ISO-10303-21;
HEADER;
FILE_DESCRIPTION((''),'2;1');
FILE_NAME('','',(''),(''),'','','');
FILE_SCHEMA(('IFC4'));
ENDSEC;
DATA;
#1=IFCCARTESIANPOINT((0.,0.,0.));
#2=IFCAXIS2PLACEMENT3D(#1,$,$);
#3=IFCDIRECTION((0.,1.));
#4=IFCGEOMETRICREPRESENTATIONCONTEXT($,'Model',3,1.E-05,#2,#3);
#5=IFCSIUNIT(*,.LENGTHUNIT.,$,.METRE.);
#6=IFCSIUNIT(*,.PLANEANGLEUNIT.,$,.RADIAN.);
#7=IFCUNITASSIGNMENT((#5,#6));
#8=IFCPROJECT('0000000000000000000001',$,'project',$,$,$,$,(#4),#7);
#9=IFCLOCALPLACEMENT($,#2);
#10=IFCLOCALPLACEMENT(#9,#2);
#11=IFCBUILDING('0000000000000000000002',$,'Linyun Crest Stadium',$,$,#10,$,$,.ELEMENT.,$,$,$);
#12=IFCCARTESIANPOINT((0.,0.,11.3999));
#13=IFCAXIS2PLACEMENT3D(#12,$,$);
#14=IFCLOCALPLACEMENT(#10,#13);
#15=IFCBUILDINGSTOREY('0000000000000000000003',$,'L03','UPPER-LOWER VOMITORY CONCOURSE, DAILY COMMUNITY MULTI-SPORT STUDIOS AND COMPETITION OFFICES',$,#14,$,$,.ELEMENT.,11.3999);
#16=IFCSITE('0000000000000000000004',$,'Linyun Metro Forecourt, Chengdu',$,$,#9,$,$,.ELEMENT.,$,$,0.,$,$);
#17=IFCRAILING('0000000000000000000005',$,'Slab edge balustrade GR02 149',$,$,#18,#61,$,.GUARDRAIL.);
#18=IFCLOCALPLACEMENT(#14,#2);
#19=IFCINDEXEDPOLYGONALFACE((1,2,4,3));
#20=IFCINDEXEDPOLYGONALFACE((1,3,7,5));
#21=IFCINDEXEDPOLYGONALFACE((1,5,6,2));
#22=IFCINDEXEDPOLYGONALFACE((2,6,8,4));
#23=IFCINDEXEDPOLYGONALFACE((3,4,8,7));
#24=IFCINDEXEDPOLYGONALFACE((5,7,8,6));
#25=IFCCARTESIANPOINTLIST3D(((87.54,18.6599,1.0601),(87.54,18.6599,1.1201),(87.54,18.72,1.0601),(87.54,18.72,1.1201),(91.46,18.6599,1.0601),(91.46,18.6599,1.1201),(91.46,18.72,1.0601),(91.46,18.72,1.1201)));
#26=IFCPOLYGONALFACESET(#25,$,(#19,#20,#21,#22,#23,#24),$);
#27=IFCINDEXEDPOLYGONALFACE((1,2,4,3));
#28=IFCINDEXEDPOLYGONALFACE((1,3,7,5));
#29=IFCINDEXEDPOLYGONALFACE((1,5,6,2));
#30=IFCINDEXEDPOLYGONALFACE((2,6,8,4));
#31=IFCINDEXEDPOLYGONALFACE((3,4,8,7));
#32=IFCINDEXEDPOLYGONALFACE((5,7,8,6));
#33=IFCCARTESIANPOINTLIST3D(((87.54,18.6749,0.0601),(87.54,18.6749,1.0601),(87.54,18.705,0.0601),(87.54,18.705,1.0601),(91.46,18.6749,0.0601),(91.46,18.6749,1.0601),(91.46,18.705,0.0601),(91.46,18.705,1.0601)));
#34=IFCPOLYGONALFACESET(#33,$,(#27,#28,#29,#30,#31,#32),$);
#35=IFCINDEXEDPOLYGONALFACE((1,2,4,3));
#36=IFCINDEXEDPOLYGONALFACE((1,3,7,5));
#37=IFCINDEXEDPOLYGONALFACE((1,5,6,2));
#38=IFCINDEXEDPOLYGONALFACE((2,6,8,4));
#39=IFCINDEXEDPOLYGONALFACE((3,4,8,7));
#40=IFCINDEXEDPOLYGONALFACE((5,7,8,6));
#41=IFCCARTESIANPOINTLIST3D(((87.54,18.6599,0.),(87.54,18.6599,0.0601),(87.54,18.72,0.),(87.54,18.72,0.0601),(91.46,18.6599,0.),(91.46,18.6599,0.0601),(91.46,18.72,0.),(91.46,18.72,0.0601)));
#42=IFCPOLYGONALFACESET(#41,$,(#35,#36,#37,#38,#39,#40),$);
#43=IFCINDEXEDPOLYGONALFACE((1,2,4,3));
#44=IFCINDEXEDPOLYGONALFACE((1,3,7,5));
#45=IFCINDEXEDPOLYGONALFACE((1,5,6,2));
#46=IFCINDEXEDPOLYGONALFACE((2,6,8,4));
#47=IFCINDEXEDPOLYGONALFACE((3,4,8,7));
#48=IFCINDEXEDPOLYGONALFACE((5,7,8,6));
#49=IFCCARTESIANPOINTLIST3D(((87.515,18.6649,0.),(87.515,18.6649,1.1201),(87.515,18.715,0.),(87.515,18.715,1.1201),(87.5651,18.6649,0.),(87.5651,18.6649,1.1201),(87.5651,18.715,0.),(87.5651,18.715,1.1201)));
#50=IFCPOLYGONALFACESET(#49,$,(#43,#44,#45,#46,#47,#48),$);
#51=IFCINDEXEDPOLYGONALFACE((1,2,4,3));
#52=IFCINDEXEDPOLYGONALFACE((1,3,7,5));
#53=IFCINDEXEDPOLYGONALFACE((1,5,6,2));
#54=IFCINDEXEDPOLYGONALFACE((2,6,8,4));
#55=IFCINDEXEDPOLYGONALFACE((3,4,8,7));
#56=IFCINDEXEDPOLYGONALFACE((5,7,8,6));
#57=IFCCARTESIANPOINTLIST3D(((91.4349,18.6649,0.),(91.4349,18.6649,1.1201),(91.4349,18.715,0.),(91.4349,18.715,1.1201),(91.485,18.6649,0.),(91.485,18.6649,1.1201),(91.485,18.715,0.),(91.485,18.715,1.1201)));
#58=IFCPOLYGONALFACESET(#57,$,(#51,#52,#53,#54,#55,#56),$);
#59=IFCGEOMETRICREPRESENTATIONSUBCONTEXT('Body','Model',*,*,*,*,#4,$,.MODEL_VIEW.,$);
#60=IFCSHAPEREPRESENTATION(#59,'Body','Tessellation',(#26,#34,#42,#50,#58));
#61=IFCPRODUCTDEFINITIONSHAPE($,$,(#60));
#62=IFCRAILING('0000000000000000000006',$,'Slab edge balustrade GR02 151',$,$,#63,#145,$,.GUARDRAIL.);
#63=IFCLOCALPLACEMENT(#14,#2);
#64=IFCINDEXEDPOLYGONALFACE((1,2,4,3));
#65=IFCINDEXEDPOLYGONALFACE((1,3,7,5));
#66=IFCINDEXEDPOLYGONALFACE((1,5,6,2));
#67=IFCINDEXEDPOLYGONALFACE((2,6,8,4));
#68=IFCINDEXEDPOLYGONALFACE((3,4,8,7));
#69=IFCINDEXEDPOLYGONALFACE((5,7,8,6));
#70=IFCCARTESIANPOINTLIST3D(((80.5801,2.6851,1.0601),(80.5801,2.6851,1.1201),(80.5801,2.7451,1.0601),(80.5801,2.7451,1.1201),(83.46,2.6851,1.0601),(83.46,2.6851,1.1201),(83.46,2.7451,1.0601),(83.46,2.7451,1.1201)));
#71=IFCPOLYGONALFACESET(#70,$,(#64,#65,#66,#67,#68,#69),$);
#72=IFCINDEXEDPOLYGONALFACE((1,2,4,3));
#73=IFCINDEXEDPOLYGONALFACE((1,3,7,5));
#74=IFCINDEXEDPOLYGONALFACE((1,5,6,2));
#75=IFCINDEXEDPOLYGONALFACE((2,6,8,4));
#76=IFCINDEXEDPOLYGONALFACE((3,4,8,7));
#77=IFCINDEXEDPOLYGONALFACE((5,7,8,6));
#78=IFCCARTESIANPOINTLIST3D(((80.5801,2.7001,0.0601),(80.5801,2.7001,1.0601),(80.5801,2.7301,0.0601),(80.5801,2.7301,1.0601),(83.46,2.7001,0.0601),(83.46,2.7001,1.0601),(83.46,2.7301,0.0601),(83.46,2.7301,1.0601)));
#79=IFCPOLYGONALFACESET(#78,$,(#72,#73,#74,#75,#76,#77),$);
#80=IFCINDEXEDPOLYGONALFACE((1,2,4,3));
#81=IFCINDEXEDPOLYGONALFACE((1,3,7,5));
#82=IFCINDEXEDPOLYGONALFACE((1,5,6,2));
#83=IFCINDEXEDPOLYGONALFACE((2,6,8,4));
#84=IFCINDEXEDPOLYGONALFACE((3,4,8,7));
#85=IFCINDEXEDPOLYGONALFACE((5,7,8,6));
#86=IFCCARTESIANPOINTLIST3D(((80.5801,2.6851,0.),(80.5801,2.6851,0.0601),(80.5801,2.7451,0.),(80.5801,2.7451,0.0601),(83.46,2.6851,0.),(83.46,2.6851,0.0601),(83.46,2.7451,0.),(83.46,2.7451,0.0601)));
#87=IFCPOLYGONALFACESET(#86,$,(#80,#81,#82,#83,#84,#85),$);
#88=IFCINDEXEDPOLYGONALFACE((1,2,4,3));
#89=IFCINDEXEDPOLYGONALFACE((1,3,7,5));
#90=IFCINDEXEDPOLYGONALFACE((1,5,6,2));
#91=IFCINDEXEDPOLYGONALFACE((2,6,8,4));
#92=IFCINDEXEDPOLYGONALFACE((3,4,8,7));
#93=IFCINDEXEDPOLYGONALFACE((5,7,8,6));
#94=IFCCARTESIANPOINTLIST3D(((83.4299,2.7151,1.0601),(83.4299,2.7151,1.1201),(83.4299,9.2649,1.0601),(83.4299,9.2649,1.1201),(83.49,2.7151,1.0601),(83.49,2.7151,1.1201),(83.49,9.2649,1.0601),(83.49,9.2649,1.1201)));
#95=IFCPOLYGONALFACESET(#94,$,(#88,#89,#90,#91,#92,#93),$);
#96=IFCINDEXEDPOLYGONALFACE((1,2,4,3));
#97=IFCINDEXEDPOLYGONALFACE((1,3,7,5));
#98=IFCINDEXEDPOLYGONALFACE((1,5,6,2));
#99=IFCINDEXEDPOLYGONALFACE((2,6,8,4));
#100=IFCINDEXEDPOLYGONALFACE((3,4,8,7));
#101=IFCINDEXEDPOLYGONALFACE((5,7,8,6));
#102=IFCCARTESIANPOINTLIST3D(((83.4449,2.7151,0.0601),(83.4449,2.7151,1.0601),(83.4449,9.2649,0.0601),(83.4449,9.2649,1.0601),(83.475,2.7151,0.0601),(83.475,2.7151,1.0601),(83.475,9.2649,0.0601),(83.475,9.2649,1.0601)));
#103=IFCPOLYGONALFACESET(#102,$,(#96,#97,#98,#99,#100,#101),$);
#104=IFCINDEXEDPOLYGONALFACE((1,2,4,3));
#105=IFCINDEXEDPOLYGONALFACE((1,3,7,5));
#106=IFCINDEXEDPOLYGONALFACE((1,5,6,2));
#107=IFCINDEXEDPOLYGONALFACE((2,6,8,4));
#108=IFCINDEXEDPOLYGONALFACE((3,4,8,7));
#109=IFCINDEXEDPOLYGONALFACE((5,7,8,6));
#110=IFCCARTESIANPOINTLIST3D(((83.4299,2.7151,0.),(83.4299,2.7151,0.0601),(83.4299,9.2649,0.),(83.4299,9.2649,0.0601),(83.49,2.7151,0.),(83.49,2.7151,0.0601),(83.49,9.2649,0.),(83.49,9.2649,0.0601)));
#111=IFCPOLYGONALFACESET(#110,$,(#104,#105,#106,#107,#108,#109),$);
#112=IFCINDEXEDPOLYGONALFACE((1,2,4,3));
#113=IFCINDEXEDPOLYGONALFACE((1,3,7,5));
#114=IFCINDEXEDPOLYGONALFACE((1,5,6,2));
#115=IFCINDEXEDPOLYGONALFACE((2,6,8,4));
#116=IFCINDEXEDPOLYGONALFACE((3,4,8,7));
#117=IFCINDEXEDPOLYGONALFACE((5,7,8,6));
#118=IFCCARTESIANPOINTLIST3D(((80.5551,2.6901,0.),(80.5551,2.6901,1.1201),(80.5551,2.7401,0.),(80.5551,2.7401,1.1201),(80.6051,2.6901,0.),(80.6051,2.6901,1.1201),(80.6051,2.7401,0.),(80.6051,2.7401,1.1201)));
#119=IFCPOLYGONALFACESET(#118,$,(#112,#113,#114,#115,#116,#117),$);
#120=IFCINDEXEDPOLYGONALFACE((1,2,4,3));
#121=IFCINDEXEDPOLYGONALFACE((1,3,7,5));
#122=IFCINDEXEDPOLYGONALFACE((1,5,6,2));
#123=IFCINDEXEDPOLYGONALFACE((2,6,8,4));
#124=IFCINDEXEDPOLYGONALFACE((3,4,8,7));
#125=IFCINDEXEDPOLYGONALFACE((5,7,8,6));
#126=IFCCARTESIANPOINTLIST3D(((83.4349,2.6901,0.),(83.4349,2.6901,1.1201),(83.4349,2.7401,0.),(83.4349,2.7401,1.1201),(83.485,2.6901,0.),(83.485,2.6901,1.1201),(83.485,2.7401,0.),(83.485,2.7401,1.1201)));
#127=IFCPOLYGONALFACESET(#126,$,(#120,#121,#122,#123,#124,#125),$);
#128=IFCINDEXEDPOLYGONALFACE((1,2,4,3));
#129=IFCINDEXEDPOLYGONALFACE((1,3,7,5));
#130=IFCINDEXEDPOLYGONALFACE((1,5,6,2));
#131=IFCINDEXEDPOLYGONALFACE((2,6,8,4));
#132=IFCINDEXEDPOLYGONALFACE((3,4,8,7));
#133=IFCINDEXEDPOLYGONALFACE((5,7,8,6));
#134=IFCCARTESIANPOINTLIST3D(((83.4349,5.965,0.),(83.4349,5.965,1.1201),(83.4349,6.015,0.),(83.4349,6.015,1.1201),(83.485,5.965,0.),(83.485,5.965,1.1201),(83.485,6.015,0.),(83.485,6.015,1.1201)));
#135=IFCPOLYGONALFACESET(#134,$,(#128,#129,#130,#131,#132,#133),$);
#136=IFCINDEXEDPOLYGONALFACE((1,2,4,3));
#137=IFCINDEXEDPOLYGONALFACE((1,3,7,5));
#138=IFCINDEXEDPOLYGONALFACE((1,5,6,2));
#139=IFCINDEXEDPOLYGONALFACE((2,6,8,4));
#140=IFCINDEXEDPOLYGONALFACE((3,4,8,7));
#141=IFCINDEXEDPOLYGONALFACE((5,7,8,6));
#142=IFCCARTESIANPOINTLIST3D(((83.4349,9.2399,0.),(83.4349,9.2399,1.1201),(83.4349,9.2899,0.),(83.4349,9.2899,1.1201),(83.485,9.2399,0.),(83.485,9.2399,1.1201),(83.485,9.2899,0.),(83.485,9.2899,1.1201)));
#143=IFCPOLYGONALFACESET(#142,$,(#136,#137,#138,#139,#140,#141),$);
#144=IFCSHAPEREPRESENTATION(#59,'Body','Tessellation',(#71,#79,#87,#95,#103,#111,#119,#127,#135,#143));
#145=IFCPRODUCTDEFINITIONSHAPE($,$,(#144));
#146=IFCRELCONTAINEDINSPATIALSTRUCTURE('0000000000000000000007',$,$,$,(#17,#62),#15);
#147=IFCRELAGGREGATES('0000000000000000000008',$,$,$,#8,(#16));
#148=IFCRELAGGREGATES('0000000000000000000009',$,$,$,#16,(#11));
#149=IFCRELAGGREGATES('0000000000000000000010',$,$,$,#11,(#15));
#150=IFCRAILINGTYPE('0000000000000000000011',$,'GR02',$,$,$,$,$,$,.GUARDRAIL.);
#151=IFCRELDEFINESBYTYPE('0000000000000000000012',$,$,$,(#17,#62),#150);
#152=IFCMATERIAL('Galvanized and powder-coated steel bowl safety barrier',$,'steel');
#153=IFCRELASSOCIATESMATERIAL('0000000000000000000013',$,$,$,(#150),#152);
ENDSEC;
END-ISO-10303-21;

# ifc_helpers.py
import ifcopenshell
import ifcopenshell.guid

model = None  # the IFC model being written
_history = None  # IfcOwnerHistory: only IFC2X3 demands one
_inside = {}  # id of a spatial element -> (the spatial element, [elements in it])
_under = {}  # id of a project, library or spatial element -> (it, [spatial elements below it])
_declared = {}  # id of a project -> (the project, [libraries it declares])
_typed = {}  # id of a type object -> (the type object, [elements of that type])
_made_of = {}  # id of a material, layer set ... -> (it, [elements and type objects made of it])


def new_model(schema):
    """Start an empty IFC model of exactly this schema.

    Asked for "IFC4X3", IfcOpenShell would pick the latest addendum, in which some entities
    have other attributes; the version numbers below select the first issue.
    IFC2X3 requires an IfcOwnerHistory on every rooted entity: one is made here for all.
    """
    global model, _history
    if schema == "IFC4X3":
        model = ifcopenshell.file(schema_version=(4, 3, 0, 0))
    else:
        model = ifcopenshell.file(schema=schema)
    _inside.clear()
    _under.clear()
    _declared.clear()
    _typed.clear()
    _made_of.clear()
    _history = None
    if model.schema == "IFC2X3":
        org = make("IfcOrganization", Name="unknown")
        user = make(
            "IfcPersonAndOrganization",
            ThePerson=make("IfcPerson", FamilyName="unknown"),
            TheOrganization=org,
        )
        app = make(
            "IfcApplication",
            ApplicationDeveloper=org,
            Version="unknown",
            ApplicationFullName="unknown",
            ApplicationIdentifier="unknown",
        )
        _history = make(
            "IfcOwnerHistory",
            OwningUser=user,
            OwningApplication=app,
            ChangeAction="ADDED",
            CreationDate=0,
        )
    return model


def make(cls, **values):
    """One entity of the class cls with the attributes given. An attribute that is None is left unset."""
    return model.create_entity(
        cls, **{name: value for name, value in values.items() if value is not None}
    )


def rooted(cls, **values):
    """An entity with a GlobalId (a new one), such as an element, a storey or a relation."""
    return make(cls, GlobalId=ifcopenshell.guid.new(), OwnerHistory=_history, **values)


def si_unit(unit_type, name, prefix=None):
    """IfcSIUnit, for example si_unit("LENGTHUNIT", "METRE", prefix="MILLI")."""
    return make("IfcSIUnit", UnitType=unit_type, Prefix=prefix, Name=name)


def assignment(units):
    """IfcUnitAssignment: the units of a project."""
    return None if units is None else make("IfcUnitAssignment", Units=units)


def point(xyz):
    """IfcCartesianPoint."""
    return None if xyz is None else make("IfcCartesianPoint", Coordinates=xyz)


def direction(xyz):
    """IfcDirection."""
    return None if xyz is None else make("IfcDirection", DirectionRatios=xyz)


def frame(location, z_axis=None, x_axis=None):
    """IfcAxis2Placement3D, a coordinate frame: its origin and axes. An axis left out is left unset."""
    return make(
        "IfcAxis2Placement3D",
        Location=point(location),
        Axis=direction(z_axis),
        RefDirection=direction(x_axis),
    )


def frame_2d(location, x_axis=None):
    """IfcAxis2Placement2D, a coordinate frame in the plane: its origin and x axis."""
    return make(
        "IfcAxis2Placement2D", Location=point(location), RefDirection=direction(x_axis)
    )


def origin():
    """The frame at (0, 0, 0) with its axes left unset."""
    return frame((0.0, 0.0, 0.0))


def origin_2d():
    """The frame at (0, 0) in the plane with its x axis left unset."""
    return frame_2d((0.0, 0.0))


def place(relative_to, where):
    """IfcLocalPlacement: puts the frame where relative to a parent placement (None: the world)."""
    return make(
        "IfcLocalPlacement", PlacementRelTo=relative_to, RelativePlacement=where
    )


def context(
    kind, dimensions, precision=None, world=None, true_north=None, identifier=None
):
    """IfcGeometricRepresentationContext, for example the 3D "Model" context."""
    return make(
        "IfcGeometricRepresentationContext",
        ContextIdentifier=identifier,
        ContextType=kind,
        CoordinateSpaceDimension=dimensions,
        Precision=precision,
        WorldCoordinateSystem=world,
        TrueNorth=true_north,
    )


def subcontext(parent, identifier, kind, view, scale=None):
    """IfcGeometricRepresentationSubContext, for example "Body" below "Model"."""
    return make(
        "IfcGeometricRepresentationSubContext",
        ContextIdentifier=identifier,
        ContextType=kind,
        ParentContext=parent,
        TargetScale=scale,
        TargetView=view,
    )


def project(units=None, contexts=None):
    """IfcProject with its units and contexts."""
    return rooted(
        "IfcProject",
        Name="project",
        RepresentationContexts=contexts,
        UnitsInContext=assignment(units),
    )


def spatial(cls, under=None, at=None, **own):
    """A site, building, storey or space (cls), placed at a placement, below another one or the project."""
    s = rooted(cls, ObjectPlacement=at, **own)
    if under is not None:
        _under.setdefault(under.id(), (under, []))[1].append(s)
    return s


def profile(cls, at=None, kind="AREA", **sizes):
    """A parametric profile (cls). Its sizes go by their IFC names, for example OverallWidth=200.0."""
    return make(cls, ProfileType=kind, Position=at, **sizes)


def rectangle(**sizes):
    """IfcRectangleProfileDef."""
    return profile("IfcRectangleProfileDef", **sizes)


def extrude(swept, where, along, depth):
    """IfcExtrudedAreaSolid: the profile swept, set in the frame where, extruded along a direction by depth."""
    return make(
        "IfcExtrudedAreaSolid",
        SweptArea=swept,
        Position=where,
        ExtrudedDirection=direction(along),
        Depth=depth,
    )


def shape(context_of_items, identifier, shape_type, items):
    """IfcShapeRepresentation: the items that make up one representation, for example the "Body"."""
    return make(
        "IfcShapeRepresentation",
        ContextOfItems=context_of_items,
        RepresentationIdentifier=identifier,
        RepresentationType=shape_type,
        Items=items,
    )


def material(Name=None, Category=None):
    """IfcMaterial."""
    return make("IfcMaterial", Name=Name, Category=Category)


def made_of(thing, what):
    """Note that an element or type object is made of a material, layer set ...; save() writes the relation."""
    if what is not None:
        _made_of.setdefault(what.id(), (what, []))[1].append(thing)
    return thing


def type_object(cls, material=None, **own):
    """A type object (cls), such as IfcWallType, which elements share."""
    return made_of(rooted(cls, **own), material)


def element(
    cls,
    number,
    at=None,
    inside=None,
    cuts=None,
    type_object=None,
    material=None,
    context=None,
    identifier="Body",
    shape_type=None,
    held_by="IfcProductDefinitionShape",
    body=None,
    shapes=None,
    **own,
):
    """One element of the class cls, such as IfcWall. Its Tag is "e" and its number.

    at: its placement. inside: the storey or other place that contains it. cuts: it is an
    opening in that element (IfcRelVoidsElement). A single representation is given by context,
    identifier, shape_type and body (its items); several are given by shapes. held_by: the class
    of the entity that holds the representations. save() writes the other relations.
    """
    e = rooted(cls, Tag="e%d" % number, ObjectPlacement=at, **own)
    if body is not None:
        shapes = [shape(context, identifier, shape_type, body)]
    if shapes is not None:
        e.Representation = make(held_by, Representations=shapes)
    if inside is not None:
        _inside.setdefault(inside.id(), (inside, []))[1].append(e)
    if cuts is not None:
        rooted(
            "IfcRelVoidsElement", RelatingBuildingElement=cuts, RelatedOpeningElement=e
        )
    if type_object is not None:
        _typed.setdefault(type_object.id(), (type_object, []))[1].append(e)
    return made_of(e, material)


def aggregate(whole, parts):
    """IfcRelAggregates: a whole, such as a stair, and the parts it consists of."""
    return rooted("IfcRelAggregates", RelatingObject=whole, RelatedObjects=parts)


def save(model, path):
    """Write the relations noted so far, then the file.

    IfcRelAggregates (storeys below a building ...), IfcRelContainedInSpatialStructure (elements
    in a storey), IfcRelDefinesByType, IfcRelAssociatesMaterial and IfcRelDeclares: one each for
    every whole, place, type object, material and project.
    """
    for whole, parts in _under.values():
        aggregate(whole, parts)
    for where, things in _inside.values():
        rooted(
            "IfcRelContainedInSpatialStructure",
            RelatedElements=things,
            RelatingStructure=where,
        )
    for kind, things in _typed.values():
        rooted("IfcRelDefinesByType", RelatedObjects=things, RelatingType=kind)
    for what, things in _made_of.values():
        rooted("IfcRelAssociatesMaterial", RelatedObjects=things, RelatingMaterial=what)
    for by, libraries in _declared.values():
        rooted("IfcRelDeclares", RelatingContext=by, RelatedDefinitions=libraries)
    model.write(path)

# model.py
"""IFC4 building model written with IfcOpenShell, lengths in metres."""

from ifc_helpers import new_model, si_unit, direction, frame, origin, origin_2d, place, context, subcontext, project, spatial, rectangle, extrude, material, type_object, element, save


model = new_model("IFC4")

# Units and contexts
model_context = context("Model", 3, precision=1e-05, world=origin(), true_north=direction((0.0, 1.0)))
body_context = subcontext(model_context, "Body", "Model", "MODEL_VIEW")
ifc_project = project(units=[si_unit("LENGTHUNIT", "METRE"), si_unit("PLANEANGLEUNIT", "RADIAN")], contexts=[model_context])

# Site, building, storey
site_placement = place(None, origin())
site = spatial("IfcSite", under=ifc_project, at=site_placement, Name="Linyun Metro Forecourt, Chengdu", CompositionType="ELEMENT", RefElevation=0.0)
building_placement = place(site_placement, origin())
building = spatial("IfcBuilding", under=site, at=building_placement, Name="Linyun Crest Stadium", CompositionType="ELEMENT")
storey_placement = place(building_placement, frame((0.0, 0.0, 11.3999)))
storey = spatial("IfcBuildingStorey", under=building, at=storey_placement, Name="L03", Description="UPPER-LOWER VOMITORY CONCOURSE, DAILY COMMUNITY MULTI-SPORT STUDIOS AND COMPETITION OFFICES", CompositionType="ELEMENT", Elevation=11.3999)

# Railings
ifc_material_1 = material(Name="Galvanized and powder-coated steel bowl safety barrier", Category="steel")
railing_type_1 = type_object("IfcRailingType", Name="GR02", PredefinedType="GUARDRAIL", material=ifc_material_1)
railing_1_placement = place(storey_placement, frame((87.54, 18.6899, 0.0)))
element("IfcRailing", 1, at=railing_1_placement, inside=storey, type_object=railing_type_1, Name="Slab edge balustrade GR02 149", PredefinedType="GUARDRAIL", context=body_context, shape_type="SweptSolid", body=[
    extrude(rectangle(XDim=0.0601, YDim=0.0601, at=origin_2d()), frame((0.0, 0.0, 1.0901), z_axis=(1.0, 0.0, 0.0), x_axis=(0.0, 1.0, 0.0)), (0.0, 0.0, 1.0), 3.9199),
    extrude(rectangle(XDim=0.03, YDim=1.0, at=origin_2d()), frame((0.0, 0.0, 0.5601), z_axis=(1.0, 0.0, 0.0), x_axis=(0.0, 1.0, 0.0)), (0.0, 0.0, 1.0), 3.9199),
    extrude(rectangle(XDim=0.0601, YDim=0.0601, at=origin_2d()), frame((0.0, 0.0, 0.03), z_axis=(1.0, 0.0, 0.0), x_axis=(0.0, 1.0, 0.0)), (0.0, 0.0, 1.0), 3.9199),
    extrude(rectangle(XDim=0.05, YDim=0.05, at=origin_2d()), origin(), (0.0, 0.0, 1.0), 1.1201),
    extrude(rectangle(XDim=0.05, YDim=0.05, at=origin_2d()), frame((3.9199, 0.0, 0.0)), (0.0, 0.0, 1.0), 1.1201),
])
railing_2_placement = place(storey_placement, frame((80.5801, 2.7151, 0.0)))
element("IfcRailing", 2, at=railing_2_placement, inside=storey, type_object=railing_type_1, Name="Slab edge balustrade GR02 151", PredefinedType="GUARDRAIL", context=body_context, shape_type="SweptSolid", body=[
    extrude(rectangle(XDim=0.0601, YDim=0.0601, at=origin_2d()), frame((0.0, 0.0, 1.0901), z_axis=(1.0, 0.0, 0.0), x_axis=(0.0, 1.0, 0.0)), (0.0, 0.0, 1.0), 2.8799),
    extrude(rectangle(XDim=0.03, YDim=1.0, at=origin_2d()), frame((0.0, 0.0, 0.5601), z_axis=(1.0, 0.0, 0.0), x_axis=(0.0, 1.0, 0.0)), (0.0, 0.0, 1.0), 2.8799),
    extrude(rectangle(XDim=0.0601, YDim=0.0601, at=origin_2d()), frame((0.0, 0.0, 0.03), z_axis=(1.0, 0.0, 0.0), x_axis=(0.0, 1.0, 0.0)), (0.0, 0.0, 1.0), 2.8799),
    extrude(rectangle(XDim=0.0601, YDim=0.0601, at=origin_2d()), frame((2.8799, 0.0, 1.0901), z_axis=(0.0, 1.0, 0.0), x_axis=(-1.0, 0.0, 0.0)), (0.0, 0.0, 1.0), 6.5498),
    extrude(rectangle(XDim=0.03, YDim=1.0, at=origin_2d()), frame((2.8799, 0.0, 0.5601), z_axis=(0.0, 1.0, 0.0), x_axis=(-1.0, 0.0, 0.0)), (0.0, 0.0, 1.0), 6.5498),
    extrude(rectangle(XDim=0.0601, YDim=0.0601, at=origin_2d()), frame((2.8799, 0.0, 0.03), z_axis=(0.0, 1.0, 0.0), x_axis=(-1.0, 0.0, 0.0)), (0.0, 0.0, 1.0), 6.5498),
    extrude(rectangle(XDim=0.05, YDim=0.05, at=origin_2d()), origin(), (0.0, 0.0, 1.0), 1.1201),
    extrude(rectangle(XDim=0.05, YDim=0.05, at=origin_2d()), frame((2.8799, 0.0, 0.0)), (0.0, 0.0, 1.0), 1.1201),
    extrude(rectangle(XDim=0.05, YDim=0.05, at=origin_2d()), frame((2.8799, 3.2749, 0.0)), (0.0, 0.0, 1.0), 1.1201),
    extrude(rectangle(XDim=0.05, YDim=0.05, at=origin_2d()), frame((2.8799, 6.5498, 0.0)), (0.0, 0.0, 1.0), 1.1201),
])

save(model, "model.ifc")
